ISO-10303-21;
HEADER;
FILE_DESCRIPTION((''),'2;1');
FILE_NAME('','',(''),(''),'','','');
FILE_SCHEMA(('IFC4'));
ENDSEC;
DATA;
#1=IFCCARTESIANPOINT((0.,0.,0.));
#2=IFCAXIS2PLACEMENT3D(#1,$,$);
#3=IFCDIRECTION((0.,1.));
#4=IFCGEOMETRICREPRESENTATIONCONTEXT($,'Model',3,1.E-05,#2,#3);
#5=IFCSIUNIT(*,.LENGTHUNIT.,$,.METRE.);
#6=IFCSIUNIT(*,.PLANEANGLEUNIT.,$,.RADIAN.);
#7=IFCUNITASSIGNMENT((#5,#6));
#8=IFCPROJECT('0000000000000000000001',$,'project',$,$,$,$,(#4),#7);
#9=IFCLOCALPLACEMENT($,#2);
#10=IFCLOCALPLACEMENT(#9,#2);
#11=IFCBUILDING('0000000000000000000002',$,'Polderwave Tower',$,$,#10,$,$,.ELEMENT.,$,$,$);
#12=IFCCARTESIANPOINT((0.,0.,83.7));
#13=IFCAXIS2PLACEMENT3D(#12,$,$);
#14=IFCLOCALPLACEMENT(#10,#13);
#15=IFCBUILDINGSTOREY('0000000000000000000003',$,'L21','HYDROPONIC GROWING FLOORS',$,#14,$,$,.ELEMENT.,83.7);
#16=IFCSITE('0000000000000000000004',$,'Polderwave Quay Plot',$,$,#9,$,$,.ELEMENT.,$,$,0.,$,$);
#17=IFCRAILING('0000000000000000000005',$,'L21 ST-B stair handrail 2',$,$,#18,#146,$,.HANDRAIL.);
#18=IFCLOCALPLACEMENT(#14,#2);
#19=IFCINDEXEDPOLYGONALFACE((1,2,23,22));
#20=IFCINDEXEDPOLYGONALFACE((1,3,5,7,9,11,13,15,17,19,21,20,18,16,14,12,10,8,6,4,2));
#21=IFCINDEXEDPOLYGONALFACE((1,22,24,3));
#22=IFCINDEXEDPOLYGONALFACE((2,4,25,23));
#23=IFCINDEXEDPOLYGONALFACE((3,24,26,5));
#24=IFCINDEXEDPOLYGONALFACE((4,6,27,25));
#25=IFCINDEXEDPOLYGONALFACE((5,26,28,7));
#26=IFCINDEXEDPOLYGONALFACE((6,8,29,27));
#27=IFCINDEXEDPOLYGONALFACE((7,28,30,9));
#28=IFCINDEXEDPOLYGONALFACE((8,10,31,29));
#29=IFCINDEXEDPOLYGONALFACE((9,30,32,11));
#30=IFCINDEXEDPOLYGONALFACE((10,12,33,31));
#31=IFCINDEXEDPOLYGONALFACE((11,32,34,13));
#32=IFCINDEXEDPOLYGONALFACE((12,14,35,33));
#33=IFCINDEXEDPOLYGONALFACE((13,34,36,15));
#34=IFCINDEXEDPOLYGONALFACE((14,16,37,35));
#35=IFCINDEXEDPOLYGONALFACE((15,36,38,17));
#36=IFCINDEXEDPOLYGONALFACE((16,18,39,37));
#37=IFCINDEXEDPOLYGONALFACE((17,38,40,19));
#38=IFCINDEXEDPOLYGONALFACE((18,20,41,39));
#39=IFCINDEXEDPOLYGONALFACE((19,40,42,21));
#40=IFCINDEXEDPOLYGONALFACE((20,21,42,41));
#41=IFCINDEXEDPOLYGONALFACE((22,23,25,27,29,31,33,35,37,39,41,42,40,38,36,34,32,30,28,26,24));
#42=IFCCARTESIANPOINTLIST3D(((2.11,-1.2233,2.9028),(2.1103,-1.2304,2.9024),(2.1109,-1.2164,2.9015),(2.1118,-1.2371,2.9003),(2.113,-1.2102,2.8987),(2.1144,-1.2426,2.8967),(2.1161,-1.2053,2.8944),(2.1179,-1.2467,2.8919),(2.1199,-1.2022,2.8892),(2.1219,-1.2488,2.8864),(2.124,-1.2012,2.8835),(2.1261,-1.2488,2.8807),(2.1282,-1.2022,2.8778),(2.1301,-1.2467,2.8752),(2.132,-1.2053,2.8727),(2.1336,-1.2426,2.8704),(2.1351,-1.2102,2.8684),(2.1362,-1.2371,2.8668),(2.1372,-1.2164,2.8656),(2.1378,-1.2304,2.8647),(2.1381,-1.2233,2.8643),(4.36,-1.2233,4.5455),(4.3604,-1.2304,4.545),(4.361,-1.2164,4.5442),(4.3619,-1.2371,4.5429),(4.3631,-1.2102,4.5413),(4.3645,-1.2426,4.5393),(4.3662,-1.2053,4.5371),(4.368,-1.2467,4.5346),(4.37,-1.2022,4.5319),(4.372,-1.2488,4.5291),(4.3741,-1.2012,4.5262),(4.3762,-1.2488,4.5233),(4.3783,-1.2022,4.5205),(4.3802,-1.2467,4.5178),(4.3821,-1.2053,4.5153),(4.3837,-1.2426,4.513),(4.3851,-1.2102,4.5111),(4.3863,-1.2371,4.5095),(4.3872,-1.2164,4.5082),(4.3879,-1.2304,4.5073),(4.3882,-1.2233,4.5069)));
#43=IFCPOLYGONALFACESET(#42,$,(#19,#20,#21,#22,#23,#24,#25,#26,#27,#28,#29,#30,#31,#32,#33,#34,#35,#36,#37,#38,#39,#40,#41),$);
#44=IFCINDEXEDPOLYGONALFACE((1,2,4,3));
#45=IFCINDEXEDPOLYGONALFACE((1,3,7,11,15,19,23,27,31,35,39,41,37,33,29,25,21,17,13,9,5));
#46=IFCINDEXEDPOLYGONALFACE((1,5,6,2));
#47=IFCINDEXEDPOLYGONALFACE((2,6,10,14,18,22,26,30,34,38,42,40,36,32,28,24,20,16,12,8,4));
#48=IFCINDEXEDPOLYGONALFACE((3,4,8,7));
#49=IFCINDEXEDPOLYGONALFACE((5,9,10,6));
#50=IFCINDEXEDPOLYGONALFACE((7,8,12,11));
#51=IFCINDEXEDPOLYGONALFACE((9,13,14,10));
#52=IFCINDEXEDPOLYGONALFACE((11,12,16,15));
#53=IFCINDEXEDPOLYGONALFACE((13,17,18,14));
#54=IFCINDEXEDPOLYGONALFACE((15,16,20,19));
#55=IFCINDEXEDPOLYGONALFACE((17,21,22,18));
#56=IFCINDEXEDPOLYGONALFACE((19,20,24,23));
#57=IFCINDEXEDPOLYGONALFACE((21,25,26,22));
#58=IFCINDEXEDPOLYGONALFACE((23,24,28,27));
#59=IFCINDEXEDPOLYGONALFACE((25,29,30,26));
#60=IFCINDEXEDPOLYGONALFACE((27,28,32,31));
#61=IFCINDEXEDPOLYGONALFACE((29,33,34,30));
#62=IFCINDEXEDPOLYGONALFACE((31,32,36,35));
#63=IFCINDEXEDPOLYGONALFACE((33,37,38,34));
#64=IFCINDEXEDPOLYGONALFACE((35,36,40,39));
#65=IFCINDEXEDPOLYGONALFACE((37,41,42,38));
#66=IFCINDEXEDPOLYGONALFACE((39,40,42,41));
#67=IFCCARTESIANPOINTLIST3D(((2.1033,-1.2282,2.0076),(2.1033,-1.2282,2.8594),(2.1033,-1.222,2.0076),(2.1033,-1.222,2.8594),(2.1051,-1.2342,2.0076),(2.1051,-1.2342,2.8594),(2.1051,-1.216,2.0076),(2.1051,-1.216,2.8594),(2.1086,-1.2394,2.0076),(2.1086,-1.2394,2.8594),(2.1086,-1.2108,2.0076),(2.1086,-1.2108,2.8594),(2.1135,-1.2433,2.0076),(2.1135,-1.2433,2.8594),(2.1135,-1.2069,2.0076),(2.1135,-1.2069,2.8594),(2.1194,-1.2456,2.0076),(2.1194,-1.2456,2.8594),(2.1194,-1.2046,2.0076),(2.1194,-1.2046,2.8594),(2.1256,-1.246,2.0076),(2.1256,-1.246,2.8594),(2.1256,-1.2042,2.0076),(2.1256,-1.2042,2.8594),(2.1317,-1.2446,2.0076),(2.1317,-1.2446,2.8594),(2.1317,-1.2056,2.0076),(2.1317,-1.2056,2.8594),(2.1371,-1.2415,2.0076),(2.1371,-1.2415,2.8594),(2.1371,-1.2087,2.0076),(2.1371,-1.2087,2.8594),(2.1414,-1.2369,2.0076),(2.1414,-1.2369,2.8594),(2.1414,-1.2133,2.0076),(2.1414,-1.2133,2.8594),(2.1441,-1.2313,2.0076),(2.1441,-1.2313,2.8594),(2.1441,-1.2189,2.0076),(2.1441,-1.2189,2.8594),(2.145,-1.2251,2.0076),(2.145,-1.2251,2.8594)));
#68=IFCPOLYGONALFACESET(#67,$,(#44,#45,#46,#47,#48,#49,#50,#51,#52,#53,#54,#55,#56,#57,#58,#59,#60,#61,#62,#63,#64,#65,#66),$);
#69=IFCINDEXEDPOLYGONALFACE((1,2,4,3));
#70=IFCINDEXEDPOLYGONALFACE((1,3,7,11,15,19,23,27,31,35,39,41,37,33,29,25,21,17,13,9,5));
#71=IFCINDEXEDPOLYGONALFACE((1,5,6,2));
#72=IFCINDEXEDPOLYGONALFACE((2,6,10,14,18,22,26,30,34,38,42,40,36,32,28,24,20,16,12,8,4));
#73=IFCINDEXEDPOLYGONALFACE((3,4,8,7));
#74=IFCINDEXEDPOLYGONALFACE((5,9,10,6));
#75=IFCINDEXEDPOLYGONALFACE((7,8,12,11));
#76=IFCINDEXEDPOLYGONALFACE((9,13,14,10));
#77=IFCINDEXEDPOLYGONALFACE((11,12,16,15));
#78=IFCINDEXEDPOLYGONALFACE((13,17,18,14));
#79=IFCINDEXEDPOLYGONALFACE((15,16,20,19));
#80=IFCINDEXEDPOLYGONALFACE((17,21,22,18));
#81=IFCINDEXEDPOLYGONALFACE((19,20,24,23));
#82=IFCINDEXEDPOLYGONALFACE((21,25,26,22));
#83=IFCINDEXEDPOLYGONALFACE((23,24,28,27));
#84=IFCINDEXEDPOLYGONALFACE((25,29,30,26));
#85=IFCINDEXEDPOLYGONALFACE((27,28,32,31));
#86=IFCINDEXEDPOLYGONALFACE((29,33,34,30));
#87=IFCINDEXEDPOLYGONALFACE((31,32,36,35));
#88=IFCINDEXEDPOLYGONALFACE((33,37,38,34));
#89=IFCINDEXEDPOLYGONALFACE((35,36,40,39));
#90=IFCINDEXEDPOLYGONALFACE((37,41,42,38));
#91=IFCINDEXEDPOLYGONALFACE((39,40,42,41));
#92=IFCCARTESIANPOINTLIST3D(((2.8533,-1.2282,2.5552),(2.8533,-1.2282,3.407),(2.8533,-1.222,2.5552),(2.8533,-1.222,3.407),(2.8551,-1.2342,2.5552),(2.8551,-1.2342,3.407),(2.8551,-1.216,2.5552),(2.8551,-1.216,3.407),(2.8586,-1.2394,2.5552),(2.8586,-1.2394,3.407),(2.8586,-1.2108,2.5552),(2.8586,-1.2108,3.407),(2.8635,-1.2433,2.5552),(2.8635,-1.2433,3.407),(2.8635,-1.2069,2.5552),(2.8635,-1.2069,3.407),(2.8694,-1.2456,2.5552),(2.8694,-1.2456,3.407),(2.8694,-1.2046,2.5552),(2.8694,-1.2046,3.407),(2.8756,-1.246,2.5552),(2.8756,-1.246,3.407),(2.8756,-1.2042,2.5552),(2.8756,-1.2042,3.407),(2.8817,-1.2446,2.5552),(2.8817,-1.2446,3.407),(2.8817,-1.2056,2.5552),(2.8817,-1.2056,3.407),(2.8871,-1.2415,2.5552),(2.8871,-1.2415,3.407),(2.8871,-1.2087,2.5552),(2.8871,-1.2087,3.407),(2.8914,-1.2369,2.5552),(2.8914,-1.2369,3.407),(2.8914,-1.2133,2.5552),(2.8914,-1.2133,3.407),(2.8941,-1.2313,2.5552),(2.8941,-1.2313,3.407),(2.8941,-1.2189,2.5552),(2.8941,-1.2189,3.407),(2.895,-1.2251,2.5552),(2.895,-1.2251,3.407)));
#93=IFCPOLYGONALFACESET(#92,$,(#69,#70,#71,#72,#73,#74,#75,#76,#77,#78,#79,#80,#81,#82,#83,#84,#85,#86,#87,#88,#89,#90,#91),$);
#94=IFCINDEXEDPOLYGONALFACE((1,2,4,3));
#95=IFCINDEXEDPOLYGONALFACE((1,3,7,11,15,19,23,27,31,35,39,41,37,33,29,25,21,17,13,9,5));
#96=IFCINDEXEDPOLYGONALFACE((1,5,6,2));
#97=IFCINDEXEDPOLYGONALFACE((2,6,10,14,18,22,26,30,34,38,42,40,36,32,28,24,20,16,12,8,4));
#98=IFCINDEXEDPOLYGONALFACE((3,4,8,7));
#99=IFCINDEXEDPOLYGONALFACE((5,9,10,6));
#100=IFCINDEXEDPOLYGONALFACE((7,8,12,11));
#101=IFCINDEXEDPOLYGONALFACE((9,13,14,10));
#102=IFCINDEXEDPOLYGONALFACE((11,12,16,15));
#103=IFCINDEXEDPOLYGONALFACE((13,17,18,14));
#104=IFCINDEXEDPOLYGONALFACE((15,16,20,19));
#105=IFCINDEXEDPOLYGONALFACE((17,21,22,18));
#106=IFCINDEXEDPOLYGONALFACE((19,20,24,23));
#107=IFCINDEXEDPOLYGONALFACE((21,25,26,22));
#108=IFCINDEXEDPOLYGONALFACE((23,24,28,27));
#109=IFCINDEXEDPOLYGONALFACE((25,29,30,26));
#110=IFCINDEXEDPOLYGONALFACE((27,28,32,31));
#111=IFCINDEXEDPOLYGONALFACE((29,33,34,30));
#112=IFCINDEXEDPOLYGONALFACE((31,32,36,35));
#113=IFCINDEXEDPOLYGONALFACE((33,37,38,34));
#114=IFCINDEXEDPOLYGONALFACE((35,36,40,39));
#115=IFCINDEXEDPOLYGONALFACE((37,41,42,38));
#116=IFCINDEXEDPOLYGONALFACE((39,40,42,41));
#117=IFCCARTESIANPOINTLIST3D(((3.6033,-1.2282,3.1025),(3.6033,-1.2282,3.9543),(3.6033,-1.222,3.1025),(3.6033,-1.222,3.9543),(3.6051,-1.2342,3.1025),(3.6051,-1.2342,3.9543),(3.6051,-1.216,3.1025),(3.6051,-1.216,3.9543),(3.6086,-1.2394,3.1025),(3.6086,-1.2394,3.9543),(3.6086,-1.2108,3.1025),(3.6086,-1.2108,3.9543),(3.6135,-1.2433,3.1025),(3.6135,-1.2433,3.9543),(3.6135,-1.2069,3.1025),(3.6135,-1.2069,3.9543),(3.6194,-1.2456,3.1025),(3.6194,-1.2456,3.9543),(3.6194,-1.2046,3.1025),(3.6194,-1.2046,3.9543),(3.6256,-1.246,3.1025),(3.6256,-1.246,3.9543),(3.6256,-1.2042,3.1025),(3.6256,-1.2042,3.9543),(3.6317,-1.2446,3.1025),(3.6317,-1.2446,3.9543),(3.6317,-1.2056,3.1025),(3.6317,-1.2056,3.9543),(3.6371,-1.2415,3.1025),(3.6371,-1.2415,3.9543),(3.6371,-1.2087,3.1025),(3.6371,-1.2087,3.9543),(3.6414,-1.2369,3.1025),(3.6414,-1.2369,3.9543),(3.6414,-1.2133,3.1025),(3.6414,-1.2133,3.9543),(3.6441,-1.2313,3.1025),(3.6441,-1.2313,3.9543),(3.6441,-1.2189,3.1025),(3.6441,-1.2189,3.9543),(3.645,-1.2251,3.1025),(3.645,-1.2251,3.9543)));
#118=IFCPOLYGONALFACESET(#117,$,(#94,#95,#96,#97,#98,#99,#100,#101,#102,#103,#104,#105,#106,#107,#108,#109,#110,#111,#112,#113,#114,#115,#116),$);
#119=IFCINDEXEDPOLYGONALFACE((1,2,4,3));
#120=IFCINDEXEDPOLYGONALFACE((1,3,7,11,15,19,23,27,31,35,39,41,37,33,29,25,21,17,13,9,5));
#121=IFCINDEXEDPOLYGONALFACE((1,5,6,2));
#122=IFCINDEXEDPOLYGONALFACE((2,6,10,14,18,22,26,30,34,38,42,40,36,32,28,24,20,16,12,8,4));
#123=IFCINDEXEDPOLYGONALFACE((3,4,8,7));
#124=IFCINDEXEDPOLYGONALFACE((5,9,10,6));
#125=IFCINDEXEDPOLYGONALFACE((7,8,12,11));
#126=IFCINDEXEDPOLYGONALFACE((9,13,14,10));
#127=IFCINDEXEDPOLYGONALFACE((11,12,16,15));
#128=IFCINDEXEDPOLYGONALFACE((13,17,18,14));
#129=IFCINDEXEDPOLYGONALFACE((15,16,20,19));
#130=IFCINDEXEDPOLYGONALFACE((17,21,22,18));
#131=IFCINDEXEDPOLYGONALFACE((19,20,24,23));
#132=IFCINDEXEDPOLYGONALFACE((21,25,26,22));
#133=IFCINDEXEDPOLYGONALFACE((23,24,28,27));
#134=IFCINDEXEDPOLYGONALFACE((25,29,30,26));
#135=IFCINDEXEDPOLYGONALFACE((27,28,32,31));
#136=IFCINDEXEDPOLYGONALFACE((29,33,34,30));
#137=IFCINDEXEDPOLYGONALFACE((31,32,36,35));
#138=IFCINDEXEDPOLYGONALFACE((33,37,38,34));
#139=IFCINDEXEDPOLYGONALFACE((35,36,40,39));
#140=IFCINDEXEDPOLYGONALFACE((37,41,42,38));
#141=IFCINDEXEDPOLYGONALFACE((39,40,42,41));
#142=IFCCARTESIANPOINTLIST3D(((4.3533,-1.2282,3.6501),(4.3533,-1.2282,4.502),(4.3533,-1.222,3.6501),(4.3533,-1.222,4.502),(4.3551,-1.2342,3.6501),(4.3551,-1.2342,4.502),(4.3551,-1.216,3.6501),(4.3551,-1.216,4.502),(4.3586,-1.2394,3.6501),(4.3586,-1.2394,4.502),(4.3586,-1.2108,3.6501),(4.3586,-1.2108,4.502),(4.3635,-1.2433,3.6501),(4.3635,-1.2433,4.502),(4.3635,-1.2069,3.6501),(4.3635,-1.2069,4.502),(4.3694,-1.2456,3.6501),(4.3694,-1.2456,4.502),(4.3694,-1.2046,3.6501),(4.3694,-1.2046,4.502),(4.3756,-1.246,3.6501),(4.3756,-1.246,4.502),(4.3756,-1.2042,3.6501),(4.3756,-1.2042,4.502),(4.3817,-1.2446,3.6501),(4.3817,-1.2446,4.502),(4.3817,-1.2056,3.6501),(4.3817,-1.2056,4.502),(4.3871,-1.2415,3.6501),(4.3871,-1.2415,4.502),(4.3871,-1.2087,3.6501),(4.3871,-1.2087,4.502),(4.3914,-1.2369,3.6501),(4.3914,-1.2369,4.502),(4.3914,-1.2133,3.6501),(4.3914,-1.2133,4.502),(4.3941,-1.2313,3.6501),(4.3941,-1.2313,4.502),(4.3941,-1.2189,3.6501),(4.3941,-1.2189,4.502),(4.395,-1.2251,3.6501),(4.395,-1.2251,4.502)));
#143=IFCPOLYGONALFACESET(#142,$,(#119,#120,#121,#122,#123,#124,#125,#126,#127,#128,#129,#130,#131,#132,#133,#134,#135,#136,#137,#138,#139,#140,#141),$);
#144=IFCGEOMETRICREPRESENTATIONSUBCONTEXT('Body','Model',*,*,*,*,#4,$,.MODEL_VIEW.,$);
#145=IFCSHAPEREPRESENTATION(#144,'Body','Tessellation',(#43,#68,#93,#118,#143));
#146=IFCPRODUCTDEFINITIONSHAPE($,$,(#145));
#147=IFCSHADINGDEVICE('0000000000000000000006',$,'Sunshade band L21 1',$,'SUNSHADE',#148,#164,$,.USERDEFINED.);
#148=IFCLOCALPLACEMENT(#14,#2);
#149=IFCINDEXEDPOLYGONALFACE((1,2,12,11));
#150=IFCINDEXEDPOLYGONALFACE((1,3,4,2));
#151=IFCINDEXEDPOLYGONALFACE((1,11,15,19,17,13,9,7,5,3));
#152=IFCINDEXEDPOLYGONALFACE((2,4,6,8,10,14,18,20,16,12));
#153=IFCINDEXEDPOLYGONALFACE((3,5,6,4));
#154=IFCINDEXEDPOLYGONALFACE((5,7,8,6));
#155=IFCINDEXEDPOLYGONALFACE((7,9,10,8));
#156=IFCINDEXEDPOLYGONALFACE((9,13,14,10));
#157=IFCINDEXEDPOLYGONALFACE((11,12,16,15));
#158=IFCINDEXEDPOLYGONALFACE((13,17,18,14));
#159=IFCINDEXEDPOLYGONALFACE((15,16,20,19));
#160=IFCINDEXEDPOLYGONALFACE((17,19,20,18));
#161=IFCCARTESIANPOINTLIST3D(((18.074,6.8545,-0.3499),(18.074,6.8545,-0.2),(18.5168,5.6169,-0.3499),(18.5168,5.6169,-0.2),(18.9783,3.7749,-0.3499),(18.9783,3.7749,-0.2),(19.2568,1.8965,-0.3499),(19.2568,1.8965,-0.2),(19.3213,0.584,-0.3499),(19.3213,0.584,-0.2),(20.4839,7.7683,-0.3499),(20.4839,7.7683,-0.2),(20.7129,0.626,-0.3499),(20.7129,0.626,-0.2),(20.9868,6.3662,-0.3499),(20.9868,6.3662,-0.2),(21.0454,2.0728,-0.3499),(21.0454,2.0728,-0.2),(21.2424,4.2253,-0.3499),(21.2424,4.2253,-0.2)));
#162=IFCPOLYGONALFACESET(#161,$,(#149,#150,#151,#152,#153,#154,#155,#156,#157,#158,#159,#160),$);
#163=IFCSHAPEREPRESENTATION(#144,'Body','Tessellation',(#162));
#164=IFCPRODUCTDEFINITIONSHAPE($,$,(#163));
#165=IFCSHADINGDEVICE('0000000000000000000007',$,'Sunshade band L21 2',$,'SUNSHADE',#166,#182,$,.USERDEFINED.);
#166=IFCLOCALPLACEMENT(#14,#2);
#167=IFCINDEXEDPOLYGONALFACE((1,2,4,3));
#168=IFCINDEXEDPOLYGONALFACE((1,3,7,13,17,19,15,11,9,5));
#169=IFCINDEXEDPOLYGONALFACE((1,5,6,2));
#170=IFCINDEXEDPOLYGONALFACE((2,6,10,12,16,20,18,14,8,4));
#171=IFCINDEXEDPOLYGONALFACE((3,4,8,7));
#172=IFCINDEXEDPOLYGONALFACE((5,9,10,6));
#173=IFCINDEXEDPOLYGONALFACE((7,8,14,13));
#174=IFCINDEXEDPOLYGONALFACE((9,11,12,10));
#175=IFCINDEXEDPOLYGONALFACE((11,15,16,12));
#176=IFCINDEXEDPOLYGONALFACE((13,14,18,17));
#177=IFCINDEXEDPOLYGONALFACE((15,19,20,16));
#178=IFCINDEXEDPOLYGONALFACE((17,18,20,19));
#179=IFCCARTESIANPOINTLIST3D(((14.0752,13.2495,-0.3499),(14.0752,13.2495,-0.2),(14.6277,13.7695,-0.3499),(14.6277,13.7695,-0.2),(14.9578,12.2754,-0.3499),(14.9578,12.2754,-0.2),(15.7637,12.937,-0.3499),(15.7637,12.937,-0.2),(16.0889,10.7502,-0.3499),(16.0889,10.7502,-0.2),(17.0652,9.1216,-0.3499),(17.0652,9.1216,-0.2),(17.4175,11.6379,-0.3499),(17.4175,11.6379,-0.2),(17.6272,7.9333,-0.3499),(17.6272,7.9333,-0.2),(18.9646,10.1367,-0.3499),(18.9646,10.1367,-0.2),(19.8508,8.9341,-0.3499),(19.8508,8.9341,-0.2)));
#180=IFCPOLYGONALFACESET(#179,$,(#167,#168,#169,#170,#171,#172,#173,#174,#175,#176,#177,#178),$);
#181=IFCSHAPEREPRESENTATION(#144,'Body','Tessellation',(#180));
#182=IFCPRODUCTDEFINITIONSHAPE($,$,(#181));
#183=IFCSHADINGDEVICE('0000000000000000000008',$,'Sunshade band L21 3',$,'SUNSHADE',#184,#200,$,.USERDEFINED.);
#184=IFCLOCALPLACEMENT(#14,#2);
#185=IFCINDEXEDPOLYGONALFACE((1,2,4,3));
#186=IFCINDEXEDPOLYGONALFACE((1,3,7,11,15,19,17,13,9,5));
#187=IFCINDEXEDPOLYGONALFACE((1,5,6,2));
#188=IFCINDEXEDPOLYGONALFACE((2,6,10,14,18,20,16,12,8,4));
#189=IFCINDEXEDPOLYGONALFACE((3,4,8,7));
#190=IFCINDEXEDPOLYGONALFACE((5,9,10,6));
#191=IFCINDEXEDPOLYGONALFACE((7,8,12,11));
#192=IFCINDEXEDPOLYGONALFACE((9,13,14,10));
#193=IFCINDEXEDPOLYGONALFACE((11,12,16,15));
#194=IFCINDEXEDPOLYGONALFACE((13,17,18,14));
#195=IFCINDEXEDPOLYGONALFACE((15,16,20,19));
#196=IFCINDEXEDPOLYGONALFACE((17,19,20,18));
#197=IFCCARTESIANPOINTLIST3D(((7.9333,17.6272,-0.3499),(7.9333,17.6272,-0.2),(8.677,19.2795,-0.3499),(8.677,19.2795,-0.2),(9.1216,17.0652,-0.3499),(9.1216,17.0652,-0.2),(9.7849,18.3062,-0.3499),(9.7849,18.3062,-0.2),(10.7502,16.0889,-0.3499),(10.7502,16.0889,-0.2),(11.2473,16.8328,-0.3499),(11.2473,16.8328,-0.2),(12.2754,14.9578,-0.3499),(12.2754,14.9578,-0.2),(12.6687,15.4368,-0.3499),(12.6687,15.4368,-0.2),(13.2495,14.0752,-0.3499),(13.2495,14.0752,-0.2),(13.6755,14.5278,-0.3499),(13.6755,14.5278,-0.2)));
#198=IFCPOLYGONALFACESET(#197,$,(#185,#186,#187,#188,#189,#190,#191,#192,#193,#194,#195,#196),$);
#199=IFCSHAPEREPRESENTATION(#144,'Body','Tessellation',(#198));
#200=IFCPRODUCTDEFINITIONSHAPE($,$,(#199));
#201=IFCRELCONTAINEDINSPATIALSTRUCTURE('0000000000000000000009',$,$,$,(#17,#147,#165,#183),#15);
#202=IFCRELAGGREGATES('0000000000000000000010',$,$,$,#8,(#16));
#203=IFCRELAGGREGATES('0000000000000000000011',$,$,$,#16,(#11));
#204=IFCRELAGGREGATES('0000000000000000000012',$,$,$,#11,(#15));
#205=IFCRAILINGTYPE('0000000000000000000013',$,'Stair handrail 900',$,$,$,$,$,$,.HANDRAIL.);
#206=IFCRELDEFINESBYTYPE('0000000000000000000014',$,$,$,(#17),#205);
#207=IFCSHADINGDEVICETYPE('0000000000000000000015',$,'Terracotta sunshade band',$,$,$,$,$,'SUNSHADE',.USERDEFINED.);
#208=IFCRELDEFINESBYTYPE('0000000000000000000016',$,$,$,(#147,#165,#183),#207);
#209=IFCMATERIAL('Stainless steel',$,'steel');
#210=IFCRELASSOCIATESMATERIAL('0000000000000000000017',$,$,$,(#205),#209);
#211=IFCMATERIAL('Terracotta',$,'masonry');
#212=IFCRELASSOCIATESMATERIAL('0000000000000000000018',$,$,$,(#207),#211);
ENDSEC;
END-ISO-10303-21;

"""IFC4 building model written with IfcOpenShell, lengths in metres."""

from ifc_helpers import new_model, si_unit, direction, frame, origin, origin_2d, place, context, subcontext, project, spatial, polyline, circle, outline, extrude, material, type_object, element, save


model = new_model("IFC4")

# Units and contexts
model_context = context("Model", 3, precision=1e-05, world=origin(), true_north=direction((0.0, 1.0)))
body_context = subcontext(model_context, "Body", "Model", "MODEL_VIEW")
ifc_project = project(units=[si_unit("LENGTHUNIT", "METRE"), si_unit("PLANEANGLEUNIT", "RADIAN")], contexts=[model_context])

# Site, building, storey
site_placement = place(None, origin())
site = spatial("IfcSite", under=ifc_project, at=site_placement, Name="Polderwave Quay Plot", CompositionType="ELEMENT", RefElevation=0.0)
building_placement = place(site_placement, origin())
building = spatial("IfcBuilding", under=site, at=building_placement, Name="Polderwave Tower", CompositionType="ELEMENT")
storey_placement = place(building_placement, frame((0.0, 0.0, 83.7)))
storey = spatial("IfcBuildingStorey", under=building, at=storey_placement, Name="L21", Description="HYDROPONIC GROWING FLOORS", CompositionType="ELEMENT", Elevation=83.7)

# Railing
ifc_material_1 = material(Name="Stainless steel", Category="steel")
railing_type_1 = type_object("IfcRailingType", Name="Stair handrail 900", PredefinedType="HANDRAIL", material=ifc_material_1)
railing_1_placement = place(storey_placement, frame((2.124, -1.2251, 2.0076)))
element("IfcRailing", 1, at=railing_1_placement, inside=storey, type_object=railing_type_1, Name="L21 ST-B stair handrail 2", PredefinedType="HANDRAIL", context=body_context, shape_type="SweptSolid", body=[
    extrude(circle(Radius=0.0239, at=origin_2d()), frame((0.0, 0.0, 0.876), z_axis=(0.807674, 0.0, 0.58963), x_axis=(0.0, 1.0, 0.0)), (0.0, 0.0, 1.0), 2.7859),
    extrude(circle(Radius=0.021, at=origin_2d()), origin(), (0.0, 0.0, 1.0), 0.8518),
    extrude(circle(Radius=0.021, at=origin_2d()), frame((0.75, 0.0, 0.5476)), (0.0, 0.0, 1.0), 0.8518),
    extrude(circle(Radius=0.021, at=origin_2d()), frame((1.5, 0.0, 1.095)), (0.0, 0.0, 1.0), 0.8518),
    extrude(circle(Radius=0.021, at=origin_2d()), frame((2.25, 0.0, 1.6426)), (0.0, 0.0, 1.0), 0.8518),
])

# Shading devices
ifc_material_2 = material(Name="Terracotta", Category="masonry")
shading_device_type = type_object("IfcShadingDeviceType", Name="Terracotta sunshade band", ElementType="SUNSHADE", PredefinedType="USERDEFINED", material=ifc_material_2)
shading_device_1_placement = place(storey_placement, frame((0.0, 0.0, -0.3499)))
element("IfcShadingDevice", 2, at=shading_device_1_placement, inside=storey, type_object=shading_device_type, Name="Sunshade band L21 1", ObjectType="SUNSHADE", PredefinedType="USERDEFINED", context=body_context, shape_type="SweptSolid", body=[
    extrude(outline(polyline([(19.3213, 0.584), (19.2568, 1.8965), (18.9783, 3.7749), (18.5168, 5.6169), (18.074, 6.8545), (20.4839, 7.7683), (20.9868, 6.3662), (21.2424, 4.2253), (21.0454, 2.0728), (20.7129, 0.626), (19.3213, 0.584)])), origin(), (0.0, 0.0, 1.0), 0.1499),
])
shading_device_2_placement = place(storey_placement, frame((0.0, 0.0, -0.3499)))
element("IfcShadingDevice", 3, at=shading_device_2_placement, inside=storey, type_object=shading_device_type, Name="Sunshade band L21 2", ObjectType="SUNSHADE", PredefinedType="USERDEFINED", context=body_context, shape_type="SweptSolid", body=[
    extrude(outline(polyline([(17.6272, 7.9333), (17.0652, 9.1216), (16.0889, 10.7502), (14.9578, 12.2754), (14.0752, 13.2495), (14.6277, 13.7695), (15.7637, 12.937), (17.4175, 11.6379), (18.9646, 10.1367), (19.8508, 8.9341), (17.6272, 7.9333)])), origin(), (0.0, 0.0, 1.0), 0.1499),
])
shading_device_3_placement = place(storey_placement, frame((0.0, 0.0, -0.3499)))
element("IfcShadingDevice", 4, at=shading_device_3_placement, inside=storey, type_object=shading_device_type, Name="Sunshade band L21 3", ObjectType="SUNSHADE", PredefinedType="USERDEFINED", context=body_context, shape_type="SweptSolid", body=[
    extrude(outline(polyline([(13.2495, 14.0752), (12.2754, 14.9578), (10.7502, 16.0889), (9.1216, 17.0652), (7.9333, 17.6272), (8.677, 19.2795), (9.7849, 18.3062), (11.2473, 16.8328), (12.6687, 15.4368), (13.6755, 14.5278), (13.2495, 14.0752)])), origin(), (0.0, 0.0, 1.0), 0.1499),
])

save(model, "model.ifc")
